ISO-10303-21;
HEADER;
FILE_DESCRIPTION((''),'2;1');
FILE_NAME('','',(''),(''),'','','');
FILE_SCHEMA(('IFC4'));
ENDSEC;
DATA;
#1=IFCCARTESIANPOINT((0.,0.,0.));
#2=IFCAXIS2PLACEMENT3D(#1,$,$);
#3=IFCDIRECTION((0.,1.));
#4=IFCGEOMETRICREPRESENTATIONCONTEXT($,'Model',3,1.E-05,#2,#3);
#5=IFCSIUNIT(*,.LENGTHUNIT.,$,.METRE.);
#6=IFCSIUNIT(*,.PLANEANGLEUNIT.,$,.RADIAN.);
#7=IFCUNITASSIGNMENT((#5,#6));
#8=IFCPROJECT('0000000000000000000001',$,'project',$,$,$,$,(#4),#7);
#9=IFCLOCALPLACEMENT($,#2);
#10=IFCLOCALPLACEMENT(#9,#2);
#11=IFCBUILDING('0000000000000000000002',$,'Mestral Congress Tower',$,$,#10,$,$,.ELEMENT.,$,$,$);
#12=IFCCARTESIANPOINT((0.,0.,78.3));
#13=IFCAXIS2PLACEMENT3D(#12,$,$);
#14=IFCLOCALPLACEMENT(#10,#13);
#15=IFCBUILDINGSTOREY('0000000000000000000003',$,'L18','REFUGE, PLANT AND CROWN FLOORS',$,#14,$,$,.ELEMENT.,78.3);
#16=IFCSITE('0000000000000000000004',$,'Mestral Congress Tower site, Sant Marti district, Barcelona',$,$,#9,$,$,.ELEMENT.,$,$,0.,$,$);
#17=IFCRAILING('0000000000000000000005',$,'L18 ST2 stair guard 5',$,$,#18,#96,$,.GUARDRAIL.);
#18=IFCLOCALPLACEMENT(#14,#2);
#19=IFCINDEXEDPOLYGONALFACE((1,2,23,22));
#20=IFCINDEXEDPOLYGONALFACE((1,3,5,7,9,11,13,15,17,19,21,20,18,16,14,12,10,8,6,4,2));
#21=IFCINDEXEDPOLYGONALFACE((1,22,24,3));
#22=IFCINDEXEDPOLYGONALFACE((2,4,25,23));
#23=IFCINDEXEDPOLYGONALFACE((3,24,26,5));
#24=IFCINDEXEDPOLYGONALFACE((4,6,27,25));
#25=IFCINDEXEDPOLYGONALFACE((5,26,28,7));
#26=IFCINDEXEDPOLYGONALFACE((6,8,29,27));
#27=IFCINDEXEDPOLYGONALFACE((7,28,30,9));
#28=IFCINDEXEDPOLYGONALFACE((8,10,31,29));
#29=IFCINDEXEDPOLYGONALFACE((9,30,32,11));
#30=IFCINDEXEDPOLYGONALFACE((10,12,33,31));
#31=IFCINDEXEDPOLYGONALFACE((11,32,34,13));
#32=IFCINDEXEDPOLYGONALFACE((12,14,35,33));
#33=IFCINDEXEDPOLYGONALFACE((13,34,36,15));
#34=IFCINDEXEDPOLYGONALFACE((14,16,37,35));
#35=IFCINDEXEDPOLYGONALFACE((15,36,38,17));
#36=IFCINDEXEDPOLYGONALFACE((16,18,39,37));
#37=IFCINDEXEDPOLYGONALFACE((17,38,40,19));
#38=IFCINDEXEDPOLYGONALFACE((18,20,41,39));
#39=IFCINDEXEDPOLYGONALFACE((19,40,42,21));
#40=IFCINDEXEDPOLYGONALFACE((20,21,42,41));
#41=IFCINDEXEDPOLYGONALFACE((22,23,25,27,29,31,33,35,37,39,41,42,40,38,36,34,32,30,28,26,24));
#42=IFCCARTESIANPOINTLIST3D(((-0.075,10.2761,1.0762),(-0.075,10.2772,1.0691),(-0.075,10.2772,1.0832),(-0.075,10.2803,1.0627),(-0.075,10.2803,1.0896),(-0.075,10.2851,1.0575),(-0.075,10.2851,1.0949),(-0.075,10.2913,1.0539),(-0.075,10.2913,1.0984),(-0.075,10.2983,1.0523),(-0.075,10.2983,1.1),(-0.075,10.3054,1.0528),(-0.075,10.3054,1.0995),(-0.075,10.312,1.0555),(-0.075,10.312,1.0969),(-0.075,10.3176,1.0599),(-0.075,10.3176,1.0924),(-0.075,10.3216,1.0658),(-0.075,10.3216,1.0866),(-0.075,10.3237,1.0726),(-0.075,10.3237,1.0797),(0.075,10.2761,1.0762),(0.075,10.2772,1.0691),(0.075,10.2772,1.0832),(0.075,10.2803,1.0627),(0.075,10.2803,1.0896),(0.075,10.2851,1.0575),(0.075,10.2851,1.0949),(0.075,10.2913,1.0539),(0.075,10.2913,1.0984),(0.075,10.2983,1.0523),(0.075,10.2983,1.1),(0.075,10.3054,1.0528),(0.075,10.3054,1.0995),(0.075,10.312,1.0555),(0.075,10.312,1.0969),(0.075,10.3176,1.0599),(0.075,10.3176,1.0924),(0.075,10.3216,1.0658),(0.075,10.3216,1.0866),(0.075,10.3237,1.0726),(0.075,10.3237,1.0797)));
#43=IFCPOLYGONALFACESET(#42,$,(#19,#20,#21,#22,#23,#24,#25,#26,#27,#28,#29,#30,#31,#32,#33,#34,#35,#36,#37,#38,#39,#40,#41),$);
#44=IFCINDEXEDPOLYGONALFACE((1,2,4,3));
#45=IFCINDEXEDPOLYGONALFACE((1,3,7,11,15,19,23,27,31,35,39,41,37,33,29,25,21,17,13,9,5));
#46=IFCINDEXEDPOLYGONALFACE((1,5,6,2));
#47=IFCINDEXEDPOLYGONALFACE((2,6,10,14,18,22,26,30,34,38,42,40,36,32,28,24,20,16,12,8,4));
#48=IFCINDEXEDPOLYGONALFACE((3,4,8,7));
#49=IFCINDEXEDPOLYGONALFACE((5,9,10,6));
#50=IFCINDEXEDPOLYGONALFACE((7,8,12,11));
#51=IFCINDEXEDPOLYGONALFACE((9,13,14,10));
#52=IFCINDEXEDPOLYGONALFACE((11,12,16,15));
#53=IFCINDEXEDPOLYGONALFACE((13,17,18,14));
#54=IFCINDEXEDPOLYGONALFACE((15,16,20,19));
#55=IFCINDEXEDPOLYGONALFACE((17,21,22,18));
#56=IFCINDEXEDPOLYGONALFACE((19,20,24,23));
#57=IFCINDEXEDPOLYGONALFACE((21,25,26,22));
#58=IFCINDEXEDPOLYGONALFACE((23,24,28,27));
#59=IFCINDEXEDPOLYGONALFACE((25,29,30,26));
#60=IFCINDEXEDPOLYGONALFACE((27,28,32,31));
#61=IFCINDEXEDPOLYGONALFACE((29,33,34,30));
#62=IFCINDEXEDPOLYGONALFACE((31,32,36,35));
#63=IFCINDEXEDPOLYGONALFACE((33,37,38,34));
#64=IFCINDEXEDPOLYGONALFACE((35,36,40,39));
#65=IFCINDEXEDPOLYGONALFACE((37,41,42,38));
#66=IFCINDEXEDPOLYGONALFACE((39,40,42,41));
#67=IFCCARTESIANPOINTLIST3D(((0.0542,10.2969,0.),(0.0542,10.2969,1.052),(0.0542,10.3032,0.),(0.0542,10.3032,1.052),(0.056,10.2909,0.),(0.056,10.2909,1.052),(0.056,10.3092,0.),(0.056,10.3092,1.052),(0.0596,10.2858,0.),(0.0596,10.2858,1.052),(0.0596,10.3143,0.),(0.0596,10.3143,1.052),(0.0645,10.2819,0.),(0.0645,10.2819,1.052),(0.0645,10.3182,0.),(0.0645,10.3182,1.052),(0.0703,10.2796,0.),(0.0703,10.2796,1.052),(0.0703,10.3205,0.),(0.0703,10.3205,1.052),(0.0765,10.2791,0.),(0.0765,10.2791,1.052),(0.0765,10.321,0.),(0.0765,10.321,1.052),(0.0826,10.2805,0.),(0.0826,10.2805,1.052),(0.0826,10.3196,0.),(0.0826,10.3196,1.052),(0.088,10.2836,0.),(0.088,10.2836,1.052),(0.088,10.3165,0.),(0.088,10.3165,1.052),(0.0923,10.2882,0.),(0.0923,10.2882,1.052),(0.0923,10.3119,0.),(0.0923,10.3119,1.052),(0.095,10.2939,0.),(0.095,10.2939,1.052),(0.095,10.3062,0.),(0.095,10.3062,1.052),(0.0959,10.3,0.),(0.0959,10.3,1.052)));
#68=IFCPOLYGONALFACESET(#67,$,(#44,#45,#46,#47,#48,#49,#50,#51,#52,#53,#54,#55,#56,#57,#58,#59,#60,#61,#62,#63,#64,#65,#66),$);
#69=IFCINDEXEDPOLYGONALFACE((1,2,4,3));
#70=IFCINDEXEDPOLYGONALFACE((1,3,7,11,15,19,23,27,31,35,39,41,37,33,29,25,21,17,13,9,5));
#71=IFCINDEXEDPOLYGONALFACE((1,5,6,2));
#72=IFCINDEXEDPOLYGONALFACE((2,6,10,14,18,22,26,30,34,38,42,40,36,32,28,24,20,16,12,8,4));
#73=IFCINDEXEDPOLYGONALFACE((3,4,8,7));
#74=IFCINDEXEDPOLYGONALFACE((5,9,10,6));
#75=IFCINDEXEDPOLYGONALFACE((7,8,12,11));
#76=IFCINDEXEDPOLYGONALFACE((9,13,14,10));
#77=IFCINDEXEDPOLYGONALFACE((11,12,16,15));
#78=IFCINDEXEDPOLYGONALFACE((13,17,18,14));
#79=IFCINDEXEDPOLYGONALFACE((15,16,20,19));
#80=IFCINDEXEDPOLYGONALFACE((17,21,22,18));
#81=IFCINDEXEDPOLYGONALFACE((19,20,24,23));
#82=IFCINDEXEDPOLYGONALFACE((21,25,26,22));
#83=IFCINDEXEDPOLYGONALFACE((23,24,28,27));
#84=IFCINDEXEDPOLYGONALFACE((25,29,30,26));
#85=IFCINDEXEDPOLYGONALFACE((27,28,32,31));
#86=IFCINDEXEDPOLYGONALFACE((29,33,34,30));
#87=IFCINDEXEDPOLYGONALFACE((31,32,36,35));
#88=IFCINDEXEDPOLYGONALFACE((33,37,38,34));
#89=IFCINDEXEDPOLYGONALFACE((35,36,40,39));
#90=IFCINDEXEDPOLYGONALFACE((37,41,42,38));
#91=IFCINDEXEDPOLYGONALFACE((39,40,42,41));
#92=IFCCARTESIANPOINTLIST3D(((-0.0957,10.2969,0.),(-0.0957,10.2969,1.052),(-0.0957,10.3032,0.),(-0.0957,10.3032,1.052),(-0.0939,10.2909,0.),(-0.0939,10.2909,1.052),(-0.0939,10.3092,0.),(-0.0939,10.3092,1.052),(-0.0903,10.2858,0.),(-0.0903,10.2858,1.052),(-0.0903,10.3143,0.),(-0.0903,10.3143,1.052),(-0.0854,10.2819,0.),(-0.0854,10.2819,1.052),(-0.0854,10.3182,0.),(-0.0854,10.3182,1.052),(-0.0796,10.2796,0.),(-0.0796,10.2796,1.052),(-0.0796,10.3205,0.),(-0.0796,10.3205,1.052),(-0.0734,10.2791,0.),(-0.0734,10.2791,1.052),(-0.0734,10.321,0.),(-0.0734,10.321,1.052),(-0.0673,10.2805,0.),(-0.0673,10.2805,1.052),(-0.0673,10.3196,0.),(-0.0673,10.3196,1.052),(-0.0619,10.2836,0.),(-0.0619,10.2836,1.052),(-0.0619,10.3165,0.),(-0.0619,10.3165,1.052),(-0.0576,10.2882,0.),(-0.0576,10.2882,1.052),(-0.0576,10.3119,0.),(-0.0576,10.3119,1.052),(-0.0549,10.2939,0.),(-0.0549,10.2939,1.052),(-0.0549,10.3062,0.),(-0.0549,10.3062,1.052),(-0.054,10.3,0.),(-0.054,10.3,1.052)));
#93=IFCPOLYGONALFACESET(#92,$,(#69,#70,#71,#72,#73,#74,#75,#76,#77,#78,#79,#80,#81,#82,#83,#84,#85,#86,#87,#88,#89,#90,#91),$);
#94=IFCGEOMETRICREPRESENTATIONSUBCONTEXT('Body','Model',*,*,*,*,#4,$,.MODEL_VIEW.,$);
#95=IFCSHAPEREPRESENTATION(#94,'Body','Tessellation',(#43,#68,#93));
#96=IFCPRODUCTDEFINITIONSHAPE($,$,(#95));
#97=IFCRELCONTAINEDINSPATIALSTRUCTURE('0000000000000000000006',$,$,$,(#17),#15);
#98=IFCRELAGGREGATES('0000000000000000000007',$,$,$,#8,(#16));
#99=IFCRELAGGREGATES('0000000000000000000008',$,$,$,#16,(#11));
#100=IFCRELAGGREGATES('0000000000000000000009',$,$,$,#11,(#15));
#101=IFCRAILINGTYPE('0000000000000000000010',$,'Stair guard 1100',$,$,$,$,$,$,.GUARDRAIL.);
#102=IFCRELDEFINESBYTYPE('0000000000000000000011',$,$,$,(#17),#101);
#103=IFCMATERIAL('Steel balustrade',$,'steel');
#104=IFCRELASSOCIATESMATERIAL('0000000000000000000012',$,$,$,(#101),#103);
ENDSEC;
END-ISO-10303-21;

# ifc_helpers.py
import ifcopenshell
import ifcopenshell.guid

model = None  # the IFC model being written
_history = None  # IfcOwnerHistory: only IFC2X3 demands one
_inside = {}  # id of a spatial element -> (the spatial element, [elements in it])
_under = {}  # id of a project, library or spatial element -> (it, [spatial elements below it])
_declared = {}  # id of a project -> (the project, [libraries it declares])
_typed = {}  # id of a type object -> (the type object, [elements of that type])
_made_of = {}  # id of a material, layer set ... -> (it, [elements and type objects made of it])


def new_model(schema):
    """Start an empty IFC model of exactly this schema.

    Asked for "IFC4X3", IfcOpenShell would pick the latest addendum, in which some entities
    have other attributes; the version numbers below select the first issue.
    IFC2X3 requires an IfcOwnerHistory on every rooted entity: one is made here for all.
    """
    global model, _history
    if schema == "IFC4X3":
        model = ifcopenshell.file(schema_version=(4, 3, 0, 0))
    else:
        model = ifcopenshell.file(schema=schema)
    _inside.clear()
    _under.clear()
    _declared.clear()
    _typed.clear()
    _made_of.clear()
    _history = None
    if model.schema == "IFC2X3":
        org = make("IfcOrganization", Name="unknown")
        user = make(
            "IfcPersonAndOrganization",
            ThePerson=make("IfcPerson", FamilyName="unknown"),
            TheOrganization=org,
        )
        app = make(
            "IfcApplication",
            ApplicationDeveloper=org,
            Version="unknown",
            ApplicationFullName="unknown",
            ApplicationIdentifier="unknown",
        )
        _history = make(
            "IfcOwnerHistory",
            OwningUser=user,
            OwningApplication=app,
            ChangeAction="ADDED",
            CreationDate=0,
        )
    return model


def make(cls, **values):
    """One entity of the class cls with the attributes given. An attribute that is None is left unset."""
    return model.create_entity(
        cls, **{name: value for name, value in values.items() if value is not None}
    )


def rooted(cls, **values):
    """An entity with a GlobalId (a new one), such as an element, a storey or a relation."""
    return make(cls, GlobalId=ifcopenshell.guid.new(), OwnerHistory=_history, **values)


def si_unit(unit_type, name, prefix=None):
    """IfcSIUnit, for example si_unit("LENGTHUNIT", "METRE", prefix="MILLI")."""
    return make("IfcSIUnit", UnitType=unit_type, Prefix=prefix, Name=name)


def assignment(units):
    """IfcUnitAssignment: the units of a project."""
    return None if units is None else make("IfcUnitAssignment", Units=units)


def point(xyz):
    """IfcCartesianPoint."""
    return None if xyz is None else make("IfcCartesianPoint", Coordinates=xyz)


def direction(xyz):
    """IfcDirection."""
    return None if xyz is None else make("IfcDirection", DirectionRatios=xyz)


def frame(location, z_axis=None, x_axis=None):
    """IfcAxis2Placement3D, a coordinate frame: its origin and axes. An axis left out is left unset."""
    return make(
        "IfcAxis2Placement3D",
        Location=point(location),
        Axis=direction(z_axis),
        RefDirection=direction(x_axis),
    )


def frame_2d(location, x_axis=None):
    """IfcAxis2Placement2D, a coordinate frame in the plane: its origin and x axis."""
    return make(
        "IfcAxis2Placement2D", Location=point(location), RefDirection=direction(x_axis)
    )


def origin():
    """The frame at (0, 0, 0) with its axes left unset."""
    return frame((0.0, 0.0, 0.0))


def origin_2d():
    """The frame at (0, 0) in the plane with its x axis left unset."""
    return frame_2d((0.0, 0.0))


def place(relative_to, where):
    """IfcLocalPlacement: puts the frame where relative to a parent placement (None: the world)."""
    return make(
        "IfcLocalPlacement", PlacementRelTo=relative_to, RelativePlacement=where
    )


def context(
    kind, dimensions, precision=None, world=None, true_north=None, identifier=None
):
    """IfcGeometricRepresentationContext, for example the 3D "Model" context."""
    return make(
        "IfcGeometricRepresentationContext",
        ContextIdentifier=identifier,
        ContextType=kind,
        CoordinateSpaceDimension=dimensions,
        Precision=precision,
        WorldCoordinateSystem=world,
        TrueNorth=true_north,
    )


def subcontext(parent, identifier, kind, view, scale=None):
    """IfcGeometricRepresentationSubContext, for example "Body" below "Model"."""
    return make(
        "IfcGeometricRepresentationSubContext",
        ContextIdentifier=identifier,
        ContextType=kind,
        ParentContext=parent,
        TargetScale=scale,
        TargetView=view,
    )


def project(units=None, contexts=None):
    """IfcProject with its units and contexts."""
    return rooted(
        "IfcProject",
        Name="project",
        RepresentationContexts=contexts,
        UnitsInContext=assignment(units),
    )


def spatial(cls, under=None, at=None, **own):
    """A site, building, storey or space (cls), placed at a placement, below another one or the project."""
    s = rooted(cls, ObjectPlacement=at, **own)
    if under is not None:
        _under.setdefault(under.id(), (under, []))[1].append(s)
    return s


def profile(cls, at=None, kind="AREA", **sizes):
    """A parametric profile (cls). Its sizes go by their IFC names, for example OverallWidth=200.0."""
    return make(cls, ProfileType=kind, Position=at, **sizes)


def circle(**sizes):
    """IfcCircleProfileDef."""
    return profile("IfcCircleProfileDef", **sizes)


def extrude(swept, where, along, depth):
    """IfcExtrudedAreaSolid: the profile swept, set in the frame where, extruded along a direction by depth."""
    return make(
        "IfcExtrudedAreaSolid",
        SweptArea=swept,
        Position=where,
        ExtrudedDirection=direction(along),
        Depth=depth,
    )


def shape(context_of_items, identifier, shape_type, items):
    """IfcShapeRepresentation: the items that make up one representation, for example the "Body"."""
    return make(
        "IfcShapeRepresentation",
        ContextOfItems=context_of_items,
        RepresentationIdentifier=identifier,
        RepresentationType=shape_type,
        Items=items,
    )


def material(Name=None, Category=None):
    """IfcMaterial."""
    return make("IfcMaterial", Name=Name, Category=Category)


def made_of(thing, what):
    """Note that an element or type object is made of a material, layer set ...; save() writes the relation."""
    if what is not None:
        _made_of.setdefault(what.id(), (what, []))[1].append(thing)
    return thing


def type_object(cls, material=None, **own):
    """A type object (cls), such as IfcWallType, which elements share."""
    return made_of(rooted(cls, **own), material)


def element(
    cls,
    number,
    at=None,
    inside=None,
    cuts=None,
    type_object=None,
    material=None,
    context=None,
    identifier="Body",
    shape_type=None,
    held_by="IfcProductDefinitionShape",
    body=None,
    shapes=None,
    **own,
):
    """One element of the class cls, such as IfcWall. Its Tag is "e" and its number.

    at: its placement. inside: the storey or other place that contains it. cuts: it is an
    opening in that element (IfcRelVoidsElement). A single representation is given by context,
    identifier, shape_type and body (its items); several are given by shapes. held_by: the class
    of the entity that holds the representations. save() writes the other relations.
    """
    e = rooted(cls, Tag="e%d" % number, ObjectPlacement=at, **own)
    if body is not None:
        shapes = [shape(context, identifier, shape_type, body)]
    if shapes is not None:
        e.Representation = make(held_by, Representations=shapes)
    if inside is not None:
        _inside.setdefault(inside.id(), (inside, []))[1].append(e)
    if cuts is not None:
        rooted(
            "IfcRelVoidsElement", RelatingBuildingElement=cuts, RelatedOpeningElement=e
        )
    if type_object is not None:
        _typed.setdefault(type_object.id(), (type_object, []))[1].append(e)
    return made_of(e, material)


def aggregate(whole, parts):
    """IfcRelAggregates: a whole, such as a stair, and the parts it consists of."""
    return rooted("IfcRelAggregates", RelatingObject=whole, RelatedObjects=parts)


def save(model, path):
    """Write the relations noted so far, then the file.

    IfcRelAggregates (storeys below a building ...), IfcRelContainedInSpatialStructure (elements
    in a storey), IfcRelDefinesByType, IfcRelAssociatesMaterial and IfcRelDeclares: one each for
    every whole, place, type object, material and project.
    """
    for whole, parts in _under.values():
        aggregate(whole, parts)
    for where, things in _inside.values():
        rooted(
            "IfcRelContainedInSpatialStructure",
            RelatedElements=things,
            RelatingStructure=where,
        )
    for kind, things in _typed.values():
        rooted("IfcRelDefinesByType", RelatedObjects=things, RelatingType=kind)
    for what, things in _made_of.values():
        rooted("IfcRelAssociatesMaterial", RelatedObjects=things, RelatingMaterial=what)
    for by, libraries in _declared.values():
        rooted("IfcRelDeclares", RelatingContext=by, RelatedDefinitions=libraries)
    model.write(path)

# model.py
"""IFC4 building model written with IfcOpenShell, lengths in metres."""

from ifc_helpers import new_model, si_unit, direction, frame, origin, origin_2d, place, context, subcontext, project, spatial, circle, extrude, material, type_object, element, save


model = new_model("IFC4")

# Units and contexts
model_context = context("Model", 3, precision=1e-05, world=origin(), true_north=direction((0.0, 1.0)))
body_context = subcontext(model_context, "Body", "Model", "MODEL_VIEW")
ifc_project = project(units=[si_unit("LENGTHUNIT", "METRE"), si_unit("PLANEANGLEUNIT", "RADIAN")], contexts=[model_context])

# Site, building, storey
site_placement = place(None, origin())
site = spatial("IfcSite", under=ifc_project, at=site_placement, Name="Mestral Congress Tower site, Sant Marti district, Barcelona", CompositionType="ELEMENT", RefElevation=0.0)
building_placement = place(site_placement, origin())
building = spatial("IfcBuilding", under=site, at=building_placement, Name="Mestral Congress Tower", CompositionType="ELEMENT")
storey_placement = place(building_placement, frame((0.0, 0.0, 78.3)))
storey = spatial("IfcBuildingStorey", under=building, at=storey_placement, Name="L18", Description="REFUGE, PLANT AND CROWN FLOORS", CompositionType="ELEMENT", Elevation=78.3)

# Railing
ifc_material_1 = material(Name="Steel balustrade", Category="steel")
railing_type_1 = type_object("IfcRailingType", Name="Stair guard 1100", PredefinedType="GUARDRAIL", material=ifc_material_1)
railing_1_placement = place(storey_placement, frame((0.075, 10.3, 0.0)))
element("IfcRailing", 1, at=railing_1_placement, inside=storey, type_object=railing_type_1, Name="L18 ST2 stair guard 5", PredefinedType="GUARDRAIL", context=body_context, shape_type="SweptSolid", body=[
    extrude(circle(Radius=0.0239, at=origin_2d()), frame((0.0, 0.0, 1.0762), z_axis=(-1.0, 0.0, 0.0), x_axis=(0.0, -1.0, 0.0)), (0.0, 0.0, 1.0), 0.1499),
    extrude(circle(Radius=0.021, at=origin_2d()), origin(), (0.0, 0.0, 1.0), 1.052),
    extrude(circle(Radius=0.021, at=origin_2d()), frame((-0.1499, 0.0, 0.0)), (0.0, 0.0, 1.0), 1.052),
])

save(model, "model.ifc")
